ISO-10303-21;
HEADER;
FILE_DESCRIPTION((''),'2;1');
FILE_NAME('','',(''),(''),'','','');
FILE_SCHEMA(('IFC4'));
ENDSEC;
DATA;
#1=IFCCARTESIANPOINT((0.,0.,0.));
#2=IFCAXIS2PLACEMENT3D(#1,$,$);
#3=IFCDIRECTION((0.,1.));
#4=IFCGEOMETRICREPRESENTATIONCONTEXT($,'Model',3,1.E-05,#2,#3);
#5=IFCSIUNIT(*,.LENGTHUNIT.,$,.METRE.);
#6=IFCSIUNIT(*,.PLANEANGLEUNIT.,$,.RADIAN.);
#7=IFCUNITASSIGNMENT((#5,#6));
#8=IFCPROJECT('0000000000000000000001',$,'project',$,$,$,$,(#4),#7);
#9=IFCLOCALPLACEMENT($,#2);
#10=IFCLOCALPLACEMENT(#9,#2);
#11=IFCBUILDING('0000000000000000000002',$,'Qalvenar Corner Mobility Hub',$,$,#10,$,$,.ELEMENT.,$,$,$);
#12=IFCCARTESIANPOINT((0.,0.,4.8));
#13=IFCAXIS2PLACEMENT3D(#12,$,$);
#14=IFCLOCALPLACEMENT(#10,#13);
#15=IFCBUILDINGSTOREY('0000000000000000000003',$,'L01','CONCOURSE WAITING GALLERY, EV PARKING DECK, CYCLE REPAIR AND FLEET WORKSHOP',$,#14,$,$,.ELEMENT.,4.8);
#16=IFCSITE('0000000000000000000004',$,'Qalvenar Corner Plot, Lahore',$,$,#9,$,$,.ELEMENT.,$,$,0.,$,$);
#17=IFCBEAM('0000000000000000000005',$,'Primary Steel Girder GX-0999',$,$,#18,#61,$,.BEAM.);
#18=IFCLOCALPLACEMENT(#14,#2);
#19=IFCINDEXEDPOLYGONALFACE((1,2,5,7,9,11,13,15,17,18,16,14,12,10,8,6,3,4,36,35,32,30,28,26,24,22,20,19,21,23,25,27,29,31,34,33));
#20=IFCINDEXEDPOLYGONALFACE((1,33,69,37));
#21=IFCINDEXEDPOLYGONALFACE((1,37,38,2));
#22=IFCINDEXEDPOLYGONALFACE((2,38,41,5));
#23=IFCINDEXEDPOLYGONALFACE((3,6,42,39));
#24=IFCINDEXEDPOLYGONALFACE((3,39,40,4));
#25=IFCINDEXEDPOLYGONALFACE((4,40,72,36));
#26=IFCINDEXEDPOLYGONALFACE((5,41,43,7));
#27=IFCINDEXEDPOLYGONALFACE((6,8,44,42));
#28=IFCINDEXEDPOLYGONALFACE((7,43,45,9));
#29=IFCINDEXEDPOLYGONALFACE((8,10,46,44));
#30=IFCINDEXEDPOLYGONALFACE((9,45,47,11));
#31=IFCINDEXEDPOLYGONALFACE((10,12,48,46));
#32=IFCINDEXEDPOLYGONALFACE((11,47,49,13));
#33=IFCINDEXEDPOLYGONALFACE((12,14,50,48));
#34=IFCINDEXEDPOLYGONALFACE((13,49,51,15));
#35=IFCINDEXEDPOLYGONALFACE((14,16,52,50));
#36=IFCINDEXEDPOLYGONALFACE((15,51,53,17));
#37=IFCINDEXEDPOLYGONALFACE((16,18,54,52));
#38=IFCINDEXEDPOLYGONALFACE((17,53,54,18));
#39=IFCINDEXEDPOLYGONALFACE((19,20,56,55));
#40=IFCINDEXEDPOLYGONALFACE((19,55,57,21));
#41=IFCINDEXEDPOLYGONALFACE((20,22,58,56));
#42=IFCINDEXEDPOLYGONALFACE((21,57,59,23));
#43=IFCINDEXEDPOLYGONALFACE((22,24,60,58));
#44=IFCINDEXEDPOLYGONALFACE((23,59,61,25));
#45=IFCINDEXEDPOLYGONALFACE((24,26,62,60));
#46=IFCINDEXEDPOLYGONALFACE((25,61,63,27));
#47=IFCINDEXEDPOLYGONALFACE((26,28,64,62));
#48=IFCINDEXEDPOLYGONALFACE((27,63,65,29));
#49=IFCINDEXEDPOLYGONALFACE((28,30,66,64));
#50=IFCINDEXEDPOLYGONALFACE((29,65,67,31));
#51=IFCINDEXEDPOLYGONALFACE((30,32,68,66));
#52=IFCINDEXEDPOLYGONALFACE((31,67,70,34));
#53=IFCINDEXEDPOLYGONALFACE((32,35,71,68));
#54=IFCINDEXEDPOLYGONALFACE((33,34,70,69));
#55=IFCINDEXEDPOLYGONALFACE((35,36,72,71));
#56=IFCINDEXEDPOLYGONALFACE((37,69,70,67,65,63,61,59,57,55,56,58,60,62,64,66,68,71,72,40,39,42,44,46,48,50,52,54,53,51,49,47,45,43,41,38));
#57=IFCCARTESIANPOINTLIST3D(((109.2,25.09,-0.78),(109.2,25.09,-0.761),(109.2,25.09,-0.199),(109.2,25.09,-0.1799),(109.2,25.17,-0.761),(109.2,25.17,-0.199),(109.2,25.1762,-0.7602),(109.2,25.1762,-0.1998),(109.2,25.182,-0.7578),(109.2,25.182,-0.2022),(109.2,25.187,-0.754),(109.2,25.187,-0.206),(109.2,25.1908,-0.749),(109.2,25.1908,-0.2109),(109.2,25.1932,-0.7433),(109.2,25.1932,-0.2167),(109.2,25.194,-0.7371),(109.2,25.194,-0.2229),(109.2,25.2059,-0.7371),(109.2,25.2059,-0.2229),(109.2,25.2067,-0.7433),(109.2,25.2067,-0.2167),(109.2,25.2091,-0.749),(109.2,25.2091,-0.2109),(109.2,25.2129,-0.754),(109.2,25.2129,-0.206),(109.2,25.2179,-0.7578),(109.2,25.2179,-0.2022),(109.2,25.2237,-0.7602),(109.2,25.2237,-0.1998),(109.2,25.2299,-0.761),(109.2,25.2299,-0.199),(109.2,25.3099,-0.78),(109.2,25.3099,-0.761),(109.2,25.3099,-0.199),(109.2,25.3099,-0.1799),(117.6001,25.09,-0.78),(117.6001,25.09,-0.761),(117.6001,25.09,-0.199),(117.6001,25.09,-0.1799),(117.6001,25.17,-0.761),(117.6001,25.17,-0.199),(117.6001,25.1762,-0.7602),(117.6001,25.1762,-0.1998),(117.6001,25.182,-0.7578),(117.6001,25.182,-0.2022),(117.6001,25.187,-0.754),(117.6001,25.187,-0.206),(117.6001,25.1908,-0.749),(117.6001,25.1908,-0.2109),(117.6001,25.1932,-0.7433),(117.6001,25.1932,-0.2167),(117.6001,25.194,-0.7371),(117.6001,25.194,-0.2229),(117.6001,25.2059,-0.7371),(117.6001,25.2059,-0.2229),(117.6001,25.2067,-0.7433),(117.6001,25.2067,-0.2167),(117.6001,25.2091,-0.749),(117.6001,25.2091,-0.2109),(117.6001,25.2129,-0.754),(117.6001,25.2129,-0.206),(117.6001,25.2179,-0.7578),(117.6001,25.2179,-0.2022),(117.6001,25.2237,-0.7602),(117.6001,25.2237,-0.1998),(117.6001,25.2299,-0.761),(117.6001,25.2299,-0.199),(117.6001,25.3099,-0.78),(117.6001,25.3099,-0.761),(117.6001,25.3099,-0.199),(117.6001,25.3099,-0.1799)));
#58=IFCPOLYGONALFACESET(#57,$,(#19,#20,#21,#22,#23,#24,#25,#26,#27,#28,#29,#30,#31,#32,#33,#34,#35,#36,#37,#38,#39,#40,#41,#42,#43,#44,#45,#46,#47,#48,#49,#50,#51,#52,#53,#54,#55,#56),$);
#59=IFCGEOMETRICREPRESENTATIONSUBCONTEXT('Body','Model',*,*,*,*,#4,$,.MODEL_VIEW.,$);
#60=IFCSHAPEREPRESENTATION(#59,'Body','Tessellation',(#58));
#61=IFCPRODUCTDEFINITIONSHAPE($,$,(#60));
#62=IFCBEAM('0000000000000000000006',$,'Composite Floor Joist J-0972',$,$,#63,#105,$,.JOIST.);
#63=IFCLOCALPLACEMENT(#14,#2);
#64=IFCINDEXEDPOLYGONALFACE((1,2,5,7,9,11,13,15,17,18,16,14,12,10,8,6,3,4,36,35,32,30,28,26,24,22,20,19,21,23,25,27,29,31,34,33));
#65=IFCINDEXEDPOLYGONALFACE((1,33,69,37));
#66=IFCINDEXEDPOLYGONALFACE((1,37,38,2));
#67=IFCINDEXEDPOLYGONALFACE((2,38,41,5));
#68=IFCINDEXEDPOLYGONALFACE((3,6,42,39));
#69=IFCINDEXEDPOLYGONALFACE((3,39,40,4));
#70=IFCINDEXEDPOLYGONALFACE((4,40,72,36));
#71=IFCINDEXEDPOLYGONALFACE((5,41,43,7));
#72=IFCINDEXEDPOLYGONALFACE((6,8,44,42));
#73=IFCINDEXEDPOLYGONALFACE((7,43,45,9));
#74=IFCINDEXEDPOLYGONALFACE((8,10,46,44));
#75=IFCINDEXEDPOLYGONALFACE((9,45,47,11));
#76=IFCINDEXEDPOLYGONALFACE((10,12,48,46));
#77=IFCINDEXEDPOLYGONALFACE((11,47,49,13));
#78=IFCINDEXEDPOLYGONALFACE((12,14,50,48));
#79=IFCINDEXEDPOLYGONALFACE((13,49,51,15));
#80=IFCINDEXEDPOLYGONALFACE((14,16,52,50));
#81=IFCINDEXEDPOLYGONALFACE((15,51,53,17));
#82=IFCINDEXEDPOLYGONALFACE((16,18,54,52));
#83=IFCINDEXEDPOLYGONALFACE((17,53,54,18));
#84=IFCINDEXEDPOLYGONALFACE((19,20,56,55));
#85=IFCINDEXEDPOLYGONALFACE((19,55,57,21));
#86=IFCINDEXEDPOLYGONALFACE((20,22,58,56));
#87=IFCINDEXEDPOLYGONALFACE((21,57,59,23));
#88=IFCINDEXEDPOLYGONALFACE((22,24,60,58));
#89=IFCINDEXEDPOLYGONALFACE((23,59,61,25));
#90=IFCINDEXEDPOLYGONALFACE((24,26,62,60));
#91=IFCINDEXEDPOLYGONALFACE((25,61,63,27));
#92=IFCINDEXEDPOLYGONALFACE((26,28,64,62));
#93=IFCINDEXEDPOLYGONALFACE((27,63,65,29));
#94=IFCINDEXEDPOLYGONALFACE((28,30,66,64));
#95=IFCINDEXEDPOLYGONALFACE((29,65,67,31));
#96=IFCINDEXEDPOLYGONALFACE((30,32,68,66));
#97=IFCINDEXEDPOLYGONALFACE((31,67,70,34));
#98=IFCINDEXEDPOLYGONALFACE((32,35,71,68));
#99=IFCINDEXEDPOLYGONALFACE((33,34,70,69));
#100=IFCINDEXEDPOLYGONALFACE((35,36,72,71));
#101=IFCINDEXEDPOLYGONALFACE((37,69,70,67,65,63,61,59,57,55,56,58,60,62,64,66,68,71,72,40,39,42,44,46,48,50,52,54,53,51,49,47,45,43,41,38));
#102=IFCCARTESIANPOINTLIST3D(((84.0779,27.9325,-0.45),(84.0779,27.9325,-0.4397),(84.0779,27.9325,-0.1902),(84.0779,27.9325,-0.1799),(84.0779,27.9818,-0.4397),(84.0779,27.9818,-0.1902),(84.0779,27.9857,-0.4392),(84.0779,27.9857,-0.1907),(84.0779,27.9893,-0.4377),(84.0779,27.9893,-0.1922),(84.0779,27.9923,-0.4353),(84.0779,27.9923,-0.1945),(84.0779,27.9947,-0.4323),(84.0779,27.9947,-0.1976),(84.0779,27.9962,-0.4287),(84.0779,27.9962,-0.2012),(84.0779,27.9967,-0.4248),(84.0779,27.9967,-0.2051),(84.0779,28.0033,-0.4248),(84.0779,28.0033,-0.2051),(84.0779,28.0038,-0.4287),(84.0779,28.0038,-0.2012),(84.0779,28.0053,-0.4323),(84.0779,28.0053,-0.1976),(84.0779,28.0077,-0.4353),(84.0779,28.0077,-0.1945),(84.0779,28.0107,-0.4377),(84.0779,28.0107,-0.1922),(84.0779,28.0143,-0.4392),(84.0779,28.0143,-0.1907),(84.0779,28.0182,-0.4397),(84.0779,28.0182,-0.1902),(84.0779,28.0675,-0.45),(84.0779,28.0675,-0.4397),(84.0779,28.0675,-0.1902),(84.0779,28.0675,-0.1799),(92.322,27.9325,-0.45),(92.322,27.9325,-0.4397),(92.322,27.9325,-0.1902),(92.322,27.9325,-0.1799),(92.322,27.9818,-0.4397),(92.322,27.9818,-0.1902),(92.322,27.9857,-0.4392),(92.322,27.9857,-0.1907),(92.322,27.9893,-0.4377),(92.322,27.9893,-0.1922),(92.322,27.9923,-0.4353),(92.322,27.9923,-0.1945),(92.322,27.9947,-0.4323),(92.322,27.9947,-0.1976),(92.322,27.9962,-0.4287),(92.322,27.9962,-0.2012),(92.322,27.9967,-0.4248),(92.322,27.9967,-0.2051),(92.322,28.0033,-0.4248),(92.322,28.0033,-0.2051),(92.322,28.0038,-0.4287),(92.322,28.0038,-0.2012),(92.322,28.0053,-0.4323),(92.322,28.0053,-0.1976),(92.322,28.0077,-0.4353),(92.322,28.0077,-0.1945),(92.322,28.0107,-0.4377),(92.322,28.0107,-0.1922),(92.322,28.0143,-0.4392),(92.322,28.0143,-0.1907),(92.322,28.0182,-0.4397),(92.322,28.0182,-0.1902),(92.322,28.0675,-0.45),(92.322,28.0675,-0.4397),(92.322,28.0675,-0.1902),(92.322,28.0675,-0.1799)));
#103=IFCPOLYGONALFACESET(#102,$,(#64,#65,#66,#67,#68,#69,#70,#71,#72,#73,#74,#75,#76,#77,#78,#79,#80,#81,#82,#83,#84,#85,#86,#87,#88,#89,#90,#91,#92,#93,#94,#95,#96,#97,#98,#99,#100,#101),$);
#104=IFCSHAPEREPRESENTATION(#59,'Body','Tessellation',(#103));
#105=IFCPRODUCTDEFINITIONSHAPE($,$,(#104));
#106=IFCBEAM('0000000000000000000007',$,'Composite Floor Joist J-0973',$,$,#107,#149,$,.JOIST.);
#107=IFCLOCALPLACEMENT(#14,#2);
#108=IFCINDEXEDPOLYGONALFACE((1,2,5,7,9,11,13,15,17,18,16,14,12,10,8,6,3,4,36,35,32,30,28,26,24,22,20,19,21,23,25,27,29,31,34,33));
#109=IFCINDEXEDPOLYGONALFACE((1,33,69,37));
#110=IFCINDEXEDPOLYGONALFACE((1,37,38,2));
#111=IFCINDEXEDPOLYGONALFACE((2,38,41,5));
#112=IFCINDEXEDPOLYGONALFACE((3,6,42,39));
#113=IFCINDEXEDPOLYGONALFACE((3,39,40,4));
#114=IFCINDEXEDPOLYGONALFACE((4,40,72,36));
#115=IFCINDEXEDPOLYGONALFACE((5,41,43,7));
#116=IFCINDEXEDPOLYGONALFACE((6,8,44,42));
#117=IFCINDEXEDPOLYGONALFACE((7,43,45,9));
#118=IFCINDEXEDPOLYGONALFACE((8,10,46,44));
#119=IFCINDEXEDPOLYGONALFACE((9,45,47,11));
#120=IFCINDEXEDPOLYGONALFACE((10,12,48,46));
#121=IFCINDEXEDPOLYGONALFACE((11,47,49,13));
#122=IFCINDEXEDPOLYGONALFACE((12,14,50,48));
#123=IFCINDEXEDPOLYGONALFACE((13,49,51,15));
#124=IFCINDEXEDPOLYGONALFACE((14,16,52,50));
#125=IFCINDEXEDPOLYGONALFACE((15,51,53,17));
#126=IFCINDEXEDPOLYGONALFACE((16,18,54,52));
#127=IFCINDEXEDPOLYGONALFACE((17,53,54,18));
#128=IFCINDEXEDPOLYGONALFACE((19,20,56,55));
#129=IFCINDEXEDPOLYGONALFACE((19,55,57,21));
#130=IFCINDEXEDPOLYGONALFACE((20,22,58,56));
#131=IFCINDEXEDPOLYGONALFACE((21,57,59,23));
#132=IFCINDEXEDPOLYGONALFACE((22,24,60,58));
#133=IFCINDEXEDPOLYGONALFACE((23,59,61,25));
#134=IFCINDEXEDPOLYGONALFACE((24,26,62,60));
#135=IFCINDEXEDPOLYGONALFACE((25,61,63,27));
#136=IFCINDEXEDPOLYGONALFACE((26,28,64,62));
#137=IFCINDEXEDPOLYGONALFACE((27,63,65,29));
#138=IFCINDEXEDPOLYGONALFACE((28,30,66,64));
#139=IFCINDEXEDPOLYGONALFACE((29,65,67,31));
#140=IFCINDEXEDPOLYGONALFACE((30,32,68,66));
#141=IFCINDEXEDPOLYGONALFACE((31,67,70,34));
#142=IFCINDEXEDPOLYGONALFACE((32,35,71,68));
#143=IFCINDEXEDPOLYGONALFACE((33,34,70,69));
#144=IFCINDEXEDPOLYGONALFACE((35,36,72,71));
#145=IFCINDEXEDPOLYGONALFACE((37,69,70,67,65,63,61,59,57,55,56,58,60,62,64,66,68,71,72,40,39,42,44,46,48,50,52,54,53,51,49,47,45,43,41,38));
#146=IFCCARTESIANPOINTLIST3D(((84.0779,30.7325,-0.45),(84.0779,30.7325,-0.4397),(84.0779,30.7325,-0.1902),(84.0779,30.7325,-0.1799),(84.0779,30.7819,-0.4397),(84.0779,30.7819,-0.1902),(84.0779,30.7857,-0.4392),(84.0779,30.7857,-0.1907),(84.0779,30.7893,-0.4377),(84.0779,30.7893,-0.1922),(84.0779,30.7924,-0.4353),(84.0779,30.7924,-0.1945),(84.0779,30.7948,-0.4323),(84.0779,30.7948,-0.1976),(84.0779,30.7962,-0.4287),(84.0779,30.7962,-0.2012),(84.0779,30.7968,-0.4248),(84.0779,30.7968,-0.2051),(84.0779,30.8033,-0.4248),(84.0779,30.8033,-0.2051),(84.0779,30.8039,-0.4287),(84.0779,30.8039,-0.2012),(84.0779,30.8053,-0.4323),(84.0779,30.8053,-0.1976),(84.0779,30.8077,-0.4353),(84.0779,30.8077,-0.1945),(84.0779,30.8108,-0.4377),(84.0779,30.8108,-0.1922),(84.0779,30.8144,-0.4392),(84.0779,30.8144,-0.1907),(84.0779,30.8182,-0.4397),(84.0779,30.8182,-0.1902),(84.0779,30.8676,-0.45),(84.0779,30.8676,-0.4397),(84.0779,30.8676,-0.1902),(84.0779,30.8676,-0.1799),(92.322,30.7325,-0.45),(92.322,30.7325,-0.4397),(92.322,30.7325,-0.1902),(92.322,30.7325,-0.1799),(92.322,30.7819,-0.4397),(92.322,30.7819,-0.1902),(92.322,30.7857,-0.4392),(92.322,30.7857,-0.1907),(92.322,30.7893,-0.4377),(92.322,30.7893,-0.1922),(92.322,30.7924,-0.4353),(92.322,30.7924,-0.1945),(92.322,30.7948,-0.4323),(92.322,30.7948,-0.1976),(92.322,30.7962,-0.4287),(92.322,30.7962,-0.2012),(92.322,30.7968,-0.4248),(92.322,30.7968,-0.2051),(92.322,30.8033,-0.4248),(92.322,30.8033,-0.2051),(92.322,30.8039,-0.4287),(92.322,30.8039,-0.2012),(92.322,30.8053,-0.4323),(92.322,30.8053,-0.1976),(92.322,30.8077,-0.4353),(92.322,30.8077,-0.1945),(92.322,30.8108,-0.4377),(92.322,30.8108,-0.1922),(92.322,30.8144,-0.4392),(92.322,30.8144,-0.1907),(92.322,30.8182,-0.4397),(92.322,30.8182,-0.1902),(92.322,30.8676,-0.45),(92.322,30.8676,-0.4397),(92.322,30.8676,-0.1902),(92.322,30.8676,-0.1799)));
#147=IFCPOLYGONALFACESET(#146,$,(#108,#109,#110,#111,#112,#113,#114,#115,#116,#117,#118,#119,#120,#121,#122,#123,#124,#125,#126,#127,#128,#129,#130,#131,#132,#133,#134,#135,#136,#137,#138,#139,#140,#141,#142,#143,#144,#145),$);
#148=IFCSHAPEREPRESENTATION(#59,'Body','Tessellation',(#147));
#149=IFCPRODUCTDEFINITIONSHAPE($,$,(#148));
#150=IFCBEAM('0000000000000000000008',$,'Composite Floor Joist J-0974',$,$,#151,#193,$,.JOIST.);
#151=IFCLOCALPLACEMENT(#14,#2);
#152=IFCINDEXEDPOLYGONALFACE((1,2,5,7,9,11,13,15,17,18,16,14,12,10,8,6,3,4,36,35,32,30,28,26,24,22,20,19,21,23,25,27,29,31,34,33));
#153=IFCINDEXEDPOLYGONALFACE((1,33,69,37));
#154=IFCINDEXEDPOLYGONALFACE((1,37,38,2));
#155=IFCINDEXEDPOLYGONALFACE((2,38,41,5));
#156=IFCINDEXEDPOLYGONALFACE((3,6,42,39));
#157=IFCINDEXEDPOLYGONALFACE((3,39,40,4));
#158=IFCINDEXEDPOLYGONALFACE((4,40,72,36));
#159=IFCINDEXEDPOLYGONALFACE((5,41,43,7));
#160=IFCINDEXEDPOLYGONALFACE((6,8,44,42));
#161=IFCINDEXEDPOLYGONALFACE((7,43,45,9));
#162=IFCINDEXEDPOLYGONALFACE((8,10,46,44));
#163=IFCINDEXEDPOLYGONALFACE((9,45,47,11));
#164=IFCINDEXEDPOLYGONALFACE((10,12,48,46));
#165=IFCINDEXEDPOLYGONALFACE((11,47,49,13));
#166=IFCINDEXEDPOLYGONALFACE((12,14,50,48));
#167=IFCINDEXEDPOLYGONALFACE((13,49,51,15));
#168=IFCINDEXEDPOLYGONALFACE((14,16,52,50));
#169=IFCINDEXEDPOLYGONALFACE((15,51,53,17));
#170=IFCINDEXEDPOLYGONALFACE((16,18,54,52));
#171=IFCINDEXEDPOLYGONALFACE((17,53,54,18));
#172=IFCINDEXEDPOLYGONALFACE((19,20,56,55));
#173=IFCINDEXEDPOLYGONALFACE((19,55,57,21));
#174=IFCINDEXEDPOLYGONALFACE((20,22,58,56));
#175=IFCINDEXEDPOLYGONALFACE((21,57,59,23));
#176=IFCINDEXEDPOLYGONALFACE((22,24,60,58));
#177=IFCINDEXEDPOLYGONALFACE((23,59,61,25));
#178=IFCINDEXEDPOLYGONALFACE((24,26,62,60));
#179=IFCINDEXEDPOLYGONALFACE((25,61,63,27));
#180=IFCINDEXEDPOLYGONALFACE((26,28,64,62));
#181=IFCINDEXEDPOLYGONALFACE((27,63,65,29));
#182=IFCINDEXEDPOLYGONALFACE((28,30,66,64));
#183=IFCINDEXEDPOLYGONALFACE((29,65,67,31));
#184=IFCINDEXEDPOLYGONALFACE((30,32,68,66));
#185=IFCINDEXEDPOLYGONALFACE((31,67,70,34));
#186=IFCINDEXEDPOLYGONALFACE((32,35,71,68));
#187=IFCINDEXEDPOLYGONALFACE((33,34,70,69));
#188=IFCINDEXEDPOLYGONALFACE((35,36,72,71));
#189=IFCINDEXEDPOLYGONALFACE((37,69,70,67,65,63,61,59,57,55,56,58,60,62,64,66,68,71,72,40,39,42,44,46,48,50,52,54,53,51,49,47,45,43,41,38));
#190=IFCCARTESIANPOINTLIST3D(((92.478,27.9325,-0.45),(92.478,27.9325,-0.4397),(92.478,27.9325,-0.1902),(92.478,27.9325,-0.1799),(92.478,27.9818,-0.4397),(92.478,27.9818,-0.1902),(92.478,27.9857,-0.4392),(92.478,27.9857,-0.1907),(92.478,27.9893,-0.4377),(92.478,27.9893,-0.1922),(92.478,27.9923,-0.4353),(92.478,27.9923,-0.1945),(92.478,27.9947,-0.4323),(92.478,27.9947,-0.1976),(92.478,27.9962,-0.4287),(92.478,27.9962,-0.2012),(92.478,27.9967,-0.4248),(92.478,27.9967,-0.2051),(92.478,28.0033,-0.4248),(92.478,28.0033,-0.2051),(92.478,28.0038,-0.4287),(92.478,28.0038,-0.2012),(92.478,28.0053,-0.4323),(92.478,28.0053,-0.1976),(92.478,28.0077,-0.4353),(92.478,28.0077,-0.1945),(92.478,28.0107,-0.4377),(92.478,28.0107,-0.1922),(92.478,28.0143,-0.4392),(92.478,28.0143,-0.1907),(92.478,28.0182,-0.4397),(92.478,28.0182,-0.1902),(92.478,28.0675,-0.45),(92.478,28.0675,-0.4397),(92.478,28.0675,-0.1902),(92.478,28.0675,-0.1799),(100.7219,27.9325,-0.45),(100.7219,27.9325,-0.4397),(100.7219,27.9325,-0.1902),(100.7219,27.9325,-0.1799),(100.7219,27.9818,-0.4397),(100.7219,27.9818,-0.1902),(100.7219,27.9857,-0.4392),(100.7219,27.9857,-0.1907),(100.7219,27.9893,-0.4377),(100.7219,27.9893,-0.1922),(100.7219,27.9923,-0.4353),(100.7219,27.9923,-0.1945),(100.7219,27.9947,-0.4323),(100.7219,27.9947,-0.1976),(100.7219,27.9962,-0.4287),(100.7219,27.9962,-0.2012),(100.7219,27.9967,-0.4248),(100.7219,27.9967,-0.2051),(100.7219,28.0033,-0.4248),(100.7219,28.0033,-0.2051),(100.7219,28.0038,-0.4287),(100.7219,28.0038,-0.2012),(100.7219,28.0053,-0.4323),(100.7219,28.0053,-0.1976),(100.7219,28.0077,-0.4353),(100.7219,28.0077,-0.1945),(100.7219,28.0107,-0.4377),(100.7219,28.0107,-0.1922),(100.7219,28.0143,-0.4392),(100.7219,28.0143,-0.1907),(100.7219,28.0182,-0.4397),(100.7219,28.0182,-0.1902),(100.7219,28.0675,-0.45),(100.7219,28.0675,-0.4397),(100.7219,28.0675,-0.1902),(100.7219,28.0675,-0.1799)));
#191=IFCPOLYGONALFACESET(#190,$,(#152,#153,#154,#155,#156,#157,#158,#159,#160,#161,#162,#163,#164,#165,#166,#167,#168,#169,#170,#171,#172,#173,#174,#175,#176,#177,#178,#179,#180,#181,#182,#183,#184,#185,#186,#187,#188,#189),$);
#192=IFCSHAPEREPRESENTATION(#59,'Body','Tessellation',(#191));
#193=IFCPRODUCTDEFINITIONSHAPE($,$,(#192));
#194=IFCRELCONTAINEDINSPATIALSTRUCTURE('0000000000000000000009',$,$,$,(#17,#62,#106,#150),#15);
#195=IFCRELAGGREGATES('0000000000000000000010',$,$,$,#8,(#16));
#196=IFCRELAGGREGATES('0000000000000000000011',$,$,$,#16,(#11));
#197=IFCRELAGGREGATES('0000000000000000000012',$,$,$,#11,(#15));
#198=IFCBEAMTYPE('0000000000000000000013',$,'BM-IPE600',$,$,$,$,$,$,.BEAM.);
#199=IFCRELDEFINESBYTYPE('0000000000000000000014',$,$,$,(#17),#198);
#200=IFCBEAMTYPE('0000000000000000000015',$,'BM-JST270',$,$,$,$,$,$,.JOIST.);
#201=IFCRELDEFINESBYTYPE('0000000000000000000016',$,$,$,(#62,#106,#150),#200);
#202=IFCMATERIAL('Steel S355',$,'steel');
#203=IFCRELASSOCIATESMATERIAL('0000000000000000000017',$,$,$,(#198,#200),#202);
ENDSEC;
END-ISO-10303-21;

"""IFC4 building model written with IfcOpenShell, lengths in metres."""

from ifc_helpers import new_model, si_unit, direction, frame, origin, origin_2d, place, context, subcontext, project, spatial, i_section, extrude, material, material_profile, profile_set, type_object, element, save


model = new_model("IFC4")

# Units and contexts
model_context = context("Model", 3, precision=1e-05, world=origin(), true_north=direction((0.0, 1.0)))
body_context = subcontext(model_context, "Body", "Model", "MODEL_VIEW")
ifc_project = project(units=[si_unit("LENGTHUNIT", "METRE"), si_unit("PLANEANGLEUNIT", "RADIAN")], contexts=[model_context])

# Site, building, storey
site_placement = place(None, origin())
site = spatial("IfcSite", under=ifc_project, at=site_placement, Name="Qalvenar Corner Plot, Lahore", CompositionType="ELEMENT", RefElevation=0.0)
building_placement = place(site_placement, origin())
building = spatial("IfcBuilding", under=site, at=building_placement, Name="Qalvenar Corner Mobility Hub", CompositionType="ELEMENT")
storey_placement = place(building_placement, frame((0.0, 0.0, 4.8)))
storey = spatial("IfcBuildingStorey", under=building, at=storey_placement, Name="L01", Description="CONCOURSE WAITING GALLERY, EV PARKING DECK, CYCLE REPAIR AND FLEET WORKSHOP", CompositionType="ELEMENT", Elevation=4.8)

# Shared definitions
ifc_material_1 = material(Name="Steel S355", Category="steel")

# Beams
ifc_material_profile_1 = material_profile(ifc_material_1, i_section(OverallWidth=0.22, OverallDepth=0.6001, WebThickness=0.012, FlangeThickness=0.019, FilletRadius=0.0239, at=origin_2d()), Name="IPE600")
ifc_profile_set_1 = profile_set([ifc_material_profile_1], Name="Steel S355")
beam_type_1 = type_object("IfcBeamType", Name="BM-IPE600", PredefinedType="BEAM", material=ifc_profile_set_1)
beam_1_placement = place(storey_placement, frame((109.2, 25.2, -0.48), z_axis=(1.0, 0.0, 0.0), x_axis=(0.0, 1.0, 0.0)))
element("IfcBeam", 1, at=beam_1_placement, inside=storey, type_object=beam_type_1, Name="Primary Steel Girder GX-0999", PredefinedType="BEAM", context=body_context, shape_type="SweptSolid", body=[
    extrude(i_section(OverallWidth=0.22, OverallDepth=0.6001, WebThickness=0.012, FlangeThickness=0.019, FilletRadius=0.0239, at=origin_2d()), origin(), (0.0, 0.0, 1.0), 8.4001),
])
ifc_material_profile_2 = material_profile(ifc_material_1, i_section(OverallWidth=0.135, OverallDepth=0.27, WebThickness=0.0066, FlangeThickness=0.0103, FilletRadius=0.0149, at=origin_2d()), Name="IPE270")
ifc_profile_set_2 = profile_set([ifc_material_profile_2], Name="Steel S355")
beam_type_2 = type_object("IfcBeamType", Name="BM-JST270", PredefinedType="JOIST", material=ifc_profile_set_2)
for number, where, z_axis, x_axis, name in (
    (2, (84.0779, 28.0, -0.3149), (1.0, 0.0, 0.0), (0.0, 1.0, 0.0), "Composite Floor Joist J-0972"),
    (3, (84.0779, 30.8, -0.3149), (1.0, 0.0, 0.0), (0.0, 1.0, 0.0), "Composite Floor Joist J-0973"),
):
    element("IfcBeam", number, at=place(storey_placement, frame(where, z_axis=z_axis, x_axis=x_axis)), inside=storey, type_object=beam_type_2, Name=name, PredefinedType="JOIST", context=body_context, shape_type="SweptSolid", body=[
        extrude(i_section(OverallWidth=0.135, OverallDepth=0.27, WebThickness=0.0066, FlangeThickness=0.0103, FilletRadius=0.0149, at=origin_2d()), origin(), (0.0, 0.0, 1.0), 8.2441),
    ])
for number, where, z_axis, x_axis, name in (
    (4, (92.478, 28.0, -0.3149), (1.0, 0.0, 0.0), (0.0, 1.0, 0.0), "Composite Floor Joist J-0974"),
):
    element("IfcBeam", number, at=place(storey_placement, frame(where, z_axis=z_axis, x_axis=x_axis)), inside=storey, type_object=beam_type_2, Name=name, PredefinedType="JOIST", context=body_context, shape_type="SweptSolid", body=[
        extrude(i_section(OverallWidth=0.135, OverallDepth=0.27, WebThickness=0.0066, FlangeThickness=0.0103, FilletRadius=0.0149, at=origin_2d()), origin(), (0.0, 0.0, 1.0), 8.2439),
    ])

save(model, "model.ifc")
